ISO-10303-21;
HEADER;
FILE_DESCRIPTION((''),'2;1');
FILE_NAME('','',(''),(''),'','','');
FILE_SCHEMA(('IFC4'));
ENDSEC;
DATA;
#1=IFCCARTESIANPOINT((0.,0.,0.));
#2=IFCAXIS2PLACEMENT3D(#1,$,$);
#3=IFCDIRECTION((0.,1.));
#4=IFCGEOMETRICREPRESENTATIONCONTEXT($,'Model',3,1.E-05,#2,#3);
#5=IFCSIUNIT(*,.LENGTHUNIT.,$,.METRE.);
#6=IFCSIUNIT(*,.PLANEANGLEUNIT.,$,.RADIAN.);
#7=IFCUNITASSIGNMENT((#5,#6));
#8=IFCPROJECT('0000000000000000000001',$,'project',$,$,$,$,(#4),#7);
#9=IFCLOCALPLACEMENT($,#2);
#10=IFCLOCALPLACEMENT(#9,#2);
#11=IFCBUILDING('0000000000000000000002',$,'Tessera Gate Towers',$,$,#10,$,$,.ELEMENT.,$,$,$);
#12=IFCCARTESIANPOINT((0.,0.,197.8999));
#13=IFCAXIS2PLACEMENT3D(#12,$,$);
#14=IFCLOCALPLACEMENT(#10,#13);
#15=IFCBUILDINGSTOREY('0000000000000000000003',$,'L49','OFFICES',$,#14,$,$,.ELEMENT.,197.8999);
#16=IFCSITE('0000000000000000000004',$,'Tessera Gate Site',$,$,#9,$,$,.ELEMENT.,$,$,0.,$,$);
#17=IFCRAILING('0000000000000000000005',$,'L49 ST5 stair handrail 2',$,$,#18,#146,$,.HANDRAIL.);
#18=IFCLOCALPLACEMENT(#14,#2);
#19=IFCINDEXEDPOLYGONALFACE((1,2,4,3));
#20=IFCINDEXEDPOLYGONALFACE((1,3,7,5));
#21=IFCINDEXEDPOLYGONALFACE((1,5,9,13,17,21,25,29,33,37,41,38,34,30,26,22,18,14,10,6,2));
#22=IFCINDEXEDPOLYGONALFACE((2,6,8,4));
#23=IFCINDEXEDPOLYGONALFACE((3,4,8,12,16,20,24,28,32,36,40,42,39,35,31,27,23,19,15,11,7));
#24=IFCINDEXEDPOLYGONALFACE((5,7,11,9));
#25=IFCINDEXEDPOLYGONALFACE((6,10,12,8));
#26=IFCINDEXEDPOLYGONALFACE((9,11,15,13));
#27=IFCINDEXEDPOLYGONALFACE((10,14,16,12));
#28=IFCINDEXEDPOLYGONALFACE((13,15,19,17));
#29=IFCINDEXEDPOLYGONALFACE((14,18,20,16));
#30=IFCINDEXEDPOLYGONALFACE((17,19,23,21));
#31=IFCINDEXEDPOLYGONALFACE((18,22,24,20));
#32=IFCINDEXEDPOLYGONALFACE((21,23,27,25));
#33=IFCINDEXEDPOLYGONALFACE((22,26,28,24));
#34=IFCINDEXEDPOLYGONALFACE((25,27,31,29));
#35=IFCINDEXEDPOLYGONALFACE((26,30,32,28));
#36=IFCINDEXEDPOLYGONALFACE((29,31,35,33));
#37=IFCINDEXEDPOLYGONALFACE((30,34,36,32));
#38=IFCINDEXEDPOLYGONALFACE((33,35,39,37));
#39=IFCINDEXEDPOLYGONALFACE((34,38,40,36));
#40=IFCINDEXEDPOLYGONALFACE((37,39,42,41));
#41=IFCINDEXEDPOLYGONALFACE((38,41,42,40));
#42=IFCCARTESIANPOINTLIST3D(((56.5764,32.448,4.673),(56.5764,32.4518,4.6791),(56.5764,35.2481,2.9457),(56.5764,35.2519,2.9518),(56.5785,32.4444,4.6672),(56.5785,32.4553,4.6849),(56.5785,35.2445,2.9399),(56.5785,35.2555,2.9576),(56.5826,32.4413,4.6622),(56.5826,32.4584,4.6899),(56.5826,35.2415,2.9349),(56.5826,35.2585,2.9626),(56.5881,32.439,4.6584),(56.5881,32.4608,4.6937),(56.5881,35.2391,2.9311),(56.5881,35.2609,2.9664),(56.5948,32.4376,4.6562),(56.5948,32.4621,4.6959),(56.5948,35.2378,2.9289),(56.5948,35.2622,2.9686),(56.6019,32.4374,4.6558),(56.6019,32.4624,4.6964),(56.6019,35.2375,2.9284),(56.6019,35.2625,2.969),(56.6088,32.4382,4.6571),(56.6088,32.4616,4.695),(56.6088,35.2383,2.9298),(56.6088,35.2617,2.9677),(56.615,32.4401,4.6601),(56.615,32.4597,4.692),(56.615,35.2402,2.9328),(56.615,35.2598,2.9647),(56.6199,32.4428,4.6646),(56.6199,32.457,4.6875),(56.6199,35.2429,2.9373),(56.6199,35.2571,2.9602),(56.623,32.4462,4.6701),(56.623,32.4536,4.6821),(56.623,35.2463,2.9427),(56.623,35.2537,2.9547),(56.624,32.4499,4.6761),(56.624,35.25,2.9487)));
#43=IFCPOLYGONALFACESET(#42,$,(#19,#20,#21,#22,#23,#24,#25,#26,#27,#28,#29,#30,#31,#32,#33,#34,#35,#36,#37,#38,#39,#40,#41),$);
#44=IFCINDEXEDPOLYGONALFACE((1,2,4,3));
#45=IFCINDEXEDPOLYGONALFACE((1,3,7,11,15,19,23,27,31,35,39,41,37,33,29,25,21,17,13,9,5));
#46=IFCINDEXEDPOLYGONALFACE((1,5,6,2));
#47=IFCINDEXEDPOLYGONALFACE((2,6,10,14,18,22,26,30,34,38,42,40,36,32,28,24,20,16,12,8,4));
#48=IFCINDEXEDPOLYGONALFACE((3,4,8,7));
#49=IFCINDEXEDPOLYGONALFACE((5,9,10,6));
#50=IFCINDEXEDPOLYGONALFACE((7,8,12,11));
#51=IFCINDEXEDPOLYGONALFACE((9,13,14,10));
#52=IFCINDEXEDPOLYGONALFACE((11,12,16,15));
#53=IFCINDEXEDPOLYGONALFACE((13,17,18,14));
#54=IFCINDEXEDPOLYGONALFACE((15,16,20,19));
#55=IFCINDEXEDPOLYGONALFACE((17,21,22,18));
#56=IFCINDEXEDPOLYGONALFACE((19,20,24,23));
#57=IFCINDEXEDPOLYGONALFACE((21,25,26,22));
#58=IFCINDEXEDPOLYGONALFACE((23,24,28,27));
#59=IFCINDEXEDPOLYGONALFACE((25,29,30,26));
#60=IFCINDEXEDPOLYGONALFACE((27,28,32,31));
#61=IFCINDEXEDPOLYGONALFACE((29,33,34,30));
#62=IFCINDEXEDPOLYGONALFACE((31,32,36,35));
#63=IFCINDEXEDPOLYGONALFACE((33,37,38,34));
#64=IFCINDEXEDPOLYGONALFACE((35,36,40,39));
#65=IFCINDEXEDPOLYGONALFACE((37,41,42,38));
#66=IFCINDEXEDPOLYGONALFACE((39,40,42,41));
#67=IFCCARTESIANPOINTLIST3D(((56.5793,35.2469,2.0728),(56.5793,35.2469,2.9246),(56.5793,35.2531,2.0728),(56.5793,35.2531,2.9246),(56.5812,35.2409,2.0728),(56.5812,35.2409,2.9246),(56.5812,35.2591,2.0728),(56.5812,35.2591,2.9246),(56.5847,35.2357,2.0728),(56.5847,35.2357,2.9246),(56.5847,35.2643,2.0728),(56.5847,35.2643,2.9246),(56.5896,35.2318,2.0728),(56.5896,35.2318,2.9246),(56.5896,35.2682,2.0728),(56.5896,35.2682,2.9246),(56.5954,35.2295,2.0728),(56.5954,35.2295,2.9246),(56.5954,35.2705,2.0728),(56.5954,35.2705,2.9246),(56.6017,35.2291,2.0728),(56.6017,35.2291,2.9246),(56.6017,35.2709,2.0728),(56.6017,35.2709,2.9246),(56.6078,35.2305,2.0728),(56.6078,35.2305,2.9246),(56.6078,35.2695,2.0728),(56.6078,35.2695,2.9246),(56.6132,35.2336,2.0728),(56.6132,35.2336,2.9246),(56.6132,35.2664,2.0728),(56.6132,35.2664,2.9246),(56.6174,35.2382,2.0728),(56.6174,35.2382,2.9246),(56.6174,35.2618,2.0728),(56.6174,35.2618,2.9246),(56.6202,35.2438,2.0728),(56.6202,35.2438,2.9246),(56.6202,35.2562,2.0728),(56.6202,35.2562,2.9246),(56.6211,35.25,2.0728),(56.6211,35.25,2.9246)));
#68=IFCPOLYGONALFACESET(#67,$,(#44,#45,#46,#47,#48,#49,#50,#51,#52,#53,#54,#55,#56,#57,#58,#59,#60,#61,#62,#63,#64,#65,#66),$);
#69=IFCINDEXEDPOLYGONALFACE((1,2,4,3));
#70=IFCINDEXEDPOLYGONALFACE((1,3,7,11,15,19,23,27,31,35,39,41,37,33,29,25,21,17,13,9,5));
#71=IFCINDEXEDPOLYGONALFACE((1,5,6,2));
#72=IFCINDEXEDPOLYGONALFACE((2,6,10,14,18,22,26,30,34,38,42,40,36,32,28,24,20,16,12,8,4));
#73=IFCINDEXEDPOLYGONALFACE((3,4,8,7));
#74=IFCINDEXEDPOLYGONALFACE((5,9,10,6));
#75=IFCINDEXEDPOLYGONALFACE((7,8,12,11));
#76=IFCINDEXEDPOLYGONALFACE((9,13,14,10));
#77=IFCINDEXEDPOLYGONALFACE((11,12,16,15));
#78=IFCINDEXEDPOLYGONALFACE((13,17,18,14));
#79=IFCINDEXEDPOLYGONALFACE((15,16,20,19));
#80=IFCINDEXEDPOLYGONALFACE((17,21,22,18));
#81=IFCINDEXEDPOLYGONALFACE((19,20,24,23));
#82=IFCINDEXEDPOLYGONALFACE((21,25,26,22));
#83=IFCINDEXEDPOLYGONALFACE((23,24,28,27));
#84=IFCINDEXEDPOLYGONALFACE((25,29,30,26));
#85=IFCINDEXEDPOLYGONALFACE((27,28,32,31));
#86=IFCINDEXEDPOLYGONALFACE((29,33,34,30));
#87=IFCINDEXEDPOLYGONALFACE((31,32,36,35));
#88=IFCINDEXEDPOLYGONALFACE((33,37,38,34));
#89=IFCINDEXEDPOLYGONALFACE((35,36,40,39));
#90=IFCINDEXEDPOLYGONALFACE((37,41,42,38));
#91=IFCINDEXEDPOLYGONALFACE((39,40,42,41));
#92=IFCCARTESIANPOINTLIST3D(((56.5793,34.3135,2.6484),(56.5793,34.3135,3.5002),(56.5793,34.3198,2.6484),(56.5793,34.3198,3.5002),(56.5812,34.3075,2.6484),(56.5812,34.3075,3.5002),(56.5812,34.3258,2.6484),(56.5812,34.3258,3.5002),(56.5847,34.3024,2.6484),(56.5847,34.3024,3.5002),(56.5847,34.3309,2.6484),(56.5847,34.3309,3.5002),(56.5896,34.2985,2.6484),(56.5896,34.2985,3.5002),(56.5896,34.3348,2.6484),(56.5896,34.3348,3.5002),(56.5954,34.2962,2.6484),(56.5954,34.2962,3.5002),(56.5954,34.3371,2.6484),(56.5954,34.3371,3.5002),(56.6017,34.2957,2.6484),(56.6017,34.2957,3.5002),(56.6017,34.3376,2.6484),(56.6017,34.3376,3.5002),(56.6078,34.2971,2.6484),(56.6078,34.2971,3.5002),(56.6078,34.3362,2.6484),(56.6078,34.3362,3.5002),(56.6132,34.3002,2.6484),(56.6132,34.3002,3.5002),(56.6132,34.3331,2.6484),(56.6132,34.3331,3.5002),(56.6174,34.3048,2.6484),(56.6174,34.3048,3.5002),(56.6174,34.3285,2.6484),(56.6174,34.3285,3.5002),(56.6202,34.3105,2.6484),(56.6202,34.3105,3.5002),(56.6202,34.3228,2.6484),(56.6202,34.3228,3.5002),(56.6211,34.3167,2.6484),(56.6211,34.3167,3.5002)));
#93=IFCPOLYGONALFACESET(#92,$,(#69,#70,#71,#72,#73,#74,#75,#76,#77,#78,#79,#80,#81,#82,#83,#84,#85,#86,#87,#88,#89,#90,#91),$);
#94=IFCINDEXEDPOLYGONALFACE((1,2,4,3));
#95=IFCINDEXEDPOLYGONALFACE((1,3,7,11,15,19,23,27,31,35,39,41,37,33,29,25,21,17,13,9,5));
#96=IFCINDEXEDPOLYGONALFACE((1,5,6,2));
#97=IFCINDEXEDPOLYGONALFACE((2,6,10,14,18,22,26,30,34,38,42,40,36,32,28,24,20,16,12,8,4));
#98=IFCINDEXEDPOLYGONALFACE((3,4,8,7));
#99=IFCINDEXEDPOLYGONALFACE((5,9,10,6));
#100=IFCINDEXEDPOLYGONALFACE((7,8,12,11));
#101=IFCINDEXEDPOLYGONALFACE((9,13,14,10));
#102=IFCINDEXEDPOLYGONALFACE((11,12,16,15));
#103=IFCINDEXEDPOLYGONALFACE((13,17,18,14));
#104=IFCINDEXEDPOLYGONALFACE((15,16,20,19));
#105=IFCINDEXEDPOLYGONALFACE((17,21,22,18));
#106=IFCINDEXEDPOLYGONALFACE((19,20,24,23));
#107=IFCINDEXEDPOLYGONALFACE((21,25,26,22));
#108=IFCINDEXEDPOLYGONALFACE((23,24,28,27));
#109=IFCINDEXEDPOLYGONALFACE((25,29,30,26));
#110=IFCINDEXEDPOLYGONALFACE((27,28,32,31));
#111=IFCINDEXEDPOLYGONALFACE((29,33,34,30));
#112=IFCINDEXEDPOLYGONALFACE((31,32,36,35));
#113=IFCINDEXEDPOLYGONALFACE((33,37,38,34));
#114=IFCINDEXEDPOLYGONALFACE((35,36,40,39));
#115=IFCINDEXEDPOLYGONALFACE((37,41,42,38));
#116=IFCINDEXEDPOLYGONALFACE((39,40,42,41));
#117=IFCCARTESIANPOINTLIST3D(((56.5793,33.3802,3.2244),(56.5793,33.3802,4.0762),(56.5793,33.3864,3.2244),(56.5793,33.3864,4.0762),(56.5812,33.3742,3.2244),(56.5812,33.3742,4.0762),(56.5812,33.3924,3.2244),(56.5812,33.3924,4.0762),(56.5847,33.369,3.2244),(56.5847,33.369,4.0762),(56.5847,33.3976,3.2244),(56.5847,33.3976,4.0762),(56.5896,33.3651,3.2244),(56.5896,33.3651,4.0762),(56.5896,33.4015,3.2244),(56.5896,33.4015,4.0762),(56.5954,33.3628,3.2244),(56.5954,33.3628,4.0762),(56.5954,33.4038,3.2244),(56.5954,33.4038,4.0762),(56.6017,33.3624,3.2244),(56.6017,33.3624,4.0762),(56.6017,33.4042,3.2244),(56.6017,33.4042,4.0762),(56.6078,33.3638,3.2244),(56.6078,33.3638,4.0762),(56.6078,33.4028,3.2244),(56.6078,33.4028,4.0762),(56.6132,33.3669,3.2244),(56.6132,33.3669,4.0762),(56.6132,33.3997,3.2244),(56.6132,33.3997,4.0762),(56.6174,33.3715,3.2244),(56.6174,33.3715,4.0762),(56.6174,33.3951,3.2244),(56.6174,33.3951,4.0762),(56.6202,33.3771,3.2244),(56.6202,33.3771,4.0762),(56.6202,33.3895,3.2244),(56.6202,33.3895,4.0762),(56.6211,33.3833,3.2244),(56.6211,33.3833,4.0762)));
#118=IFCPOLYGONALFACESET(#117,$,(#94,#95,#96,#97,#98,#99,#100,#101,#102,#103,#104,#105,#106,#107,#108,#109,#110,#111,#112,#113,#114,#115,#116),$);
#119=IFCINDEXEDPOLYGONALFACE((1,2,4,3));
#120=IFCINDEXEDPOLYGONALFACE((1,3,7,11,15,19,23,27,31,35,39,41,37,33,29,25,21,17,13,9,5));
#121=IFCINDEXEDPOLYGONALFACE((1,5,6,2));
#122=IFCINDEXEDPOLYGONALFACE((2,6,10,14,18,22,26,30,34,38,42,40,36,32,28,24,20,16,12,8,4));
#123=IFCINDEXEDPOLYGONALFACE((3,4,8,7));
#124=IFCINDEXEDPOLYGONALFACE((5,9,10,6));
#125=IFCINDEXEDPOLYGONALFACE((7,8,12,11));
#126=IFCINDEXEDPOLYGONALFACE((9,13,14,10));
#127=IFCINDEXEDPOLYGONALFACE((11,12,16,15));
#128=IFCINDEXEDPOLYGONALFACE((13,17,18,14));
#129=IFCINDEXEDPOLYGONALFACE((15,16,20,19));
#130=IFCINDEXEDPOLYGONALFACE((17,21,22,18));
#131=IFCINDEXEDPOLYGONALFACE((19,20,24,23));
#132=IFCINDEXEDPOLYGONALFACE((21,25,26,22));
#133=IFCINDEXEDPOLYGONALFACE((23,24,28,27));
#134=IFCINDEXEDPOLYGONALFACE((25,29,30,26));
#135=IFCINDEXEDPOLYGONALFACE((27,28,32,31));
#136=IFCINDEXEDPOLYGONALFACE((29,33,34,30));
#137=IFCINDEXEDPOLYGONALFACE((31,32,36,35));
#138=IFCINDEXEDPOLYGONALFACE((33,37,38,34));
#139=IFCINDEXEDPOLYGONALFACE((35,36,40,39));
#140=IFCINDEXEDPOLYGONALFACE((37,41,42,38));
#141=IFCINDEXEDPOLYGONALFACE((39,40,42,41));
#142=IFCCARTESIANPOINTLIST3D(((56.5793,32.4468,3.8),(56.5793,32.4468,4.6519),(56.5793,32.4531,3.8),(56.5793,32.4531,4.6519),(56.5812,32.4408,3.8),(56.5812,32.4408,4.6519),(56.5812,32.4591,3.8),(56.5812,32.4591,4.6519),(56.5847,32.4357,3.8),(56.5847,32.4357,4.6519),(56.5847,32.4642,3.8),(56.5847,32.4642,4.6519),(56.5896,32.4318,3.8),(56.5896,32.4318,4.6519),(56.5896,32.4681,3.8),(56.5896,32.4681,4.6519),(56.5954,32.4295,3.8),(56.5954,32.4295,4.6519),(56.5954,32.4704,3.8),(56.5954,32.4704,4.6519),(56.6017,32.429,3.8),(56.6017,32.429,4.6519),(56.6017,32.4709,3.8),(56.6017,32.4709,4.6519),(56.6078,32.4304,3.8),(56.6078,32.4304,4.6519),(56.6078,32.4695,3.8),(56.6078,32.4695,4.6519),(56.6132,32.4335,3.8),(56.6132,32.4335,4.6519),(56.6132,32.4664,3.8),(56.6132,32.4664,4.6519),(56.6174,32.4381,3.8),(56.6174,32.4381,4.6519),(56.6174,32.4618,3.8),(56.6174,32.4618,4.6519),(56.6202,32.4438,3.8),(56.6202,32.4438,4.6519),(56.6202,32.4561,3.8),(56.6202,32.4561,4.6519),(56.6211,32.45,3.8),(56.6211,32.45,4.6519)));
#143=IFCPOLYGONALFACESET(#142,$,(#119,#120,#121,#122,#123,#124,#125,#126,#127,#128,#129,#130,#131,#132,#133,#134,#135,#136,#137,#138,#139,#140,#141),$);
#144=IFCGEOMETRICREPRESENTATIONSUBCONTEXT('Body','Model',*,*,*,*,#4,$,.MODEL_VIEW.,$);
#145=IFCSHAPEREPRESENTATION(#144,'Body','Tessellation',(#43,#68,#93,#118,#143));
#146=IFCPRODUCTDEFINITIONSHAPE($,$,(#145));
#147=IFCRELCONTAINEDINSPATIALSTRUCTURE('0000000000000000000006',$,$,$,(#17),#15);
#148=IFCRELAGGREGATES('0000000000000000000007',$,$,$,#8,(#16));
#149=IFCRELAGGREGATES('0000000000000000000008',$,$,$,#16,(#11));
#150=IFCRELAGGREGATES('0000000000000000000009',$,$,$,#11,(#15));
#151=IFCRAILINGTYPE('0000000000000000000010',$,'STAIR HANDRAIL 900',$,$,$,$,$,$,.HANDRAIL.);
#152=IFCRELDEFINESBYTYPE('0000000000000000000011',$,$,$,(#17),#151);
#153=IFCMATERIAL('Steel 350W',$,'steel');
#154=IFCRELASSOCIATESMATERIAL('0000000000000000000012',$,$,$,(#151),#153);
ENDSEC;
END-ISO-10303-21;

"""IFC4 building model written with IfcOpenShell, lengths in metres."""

from ifc_helpers import new_model, si_unit, direction, frame, origin, origin_2d, place, context, subcontext, project, spatial, circle, extrude, material, type_object, element, save


model = new_model("IFC4")

# Units and contexts
model_context = context("Model", 3, precision=1e-05, world=origin(), true_north=direction((0.0, 1.0)))
body_context = subcontext(model_context, "Body", "Model", "MODEL_VIEW")
ifc_project = project(units=[si_unit("LENGTHUNIT", "METRE"), si_unit("PLANEANGLEUNIT", "RADIAN")], contexts=[model_context])

# Site, building, storey
site_placement = place(None, origin())
site = spatial("IfcSite", under=ifc_project, at=site_placement, Name="Tessera Gate Site", CompositionType="ELEMENT", RefElevation=0.0)
building_placement = place(site_placement, origin())
building = spatial("IfcBuilding", under=site, at=building_placement, Name="Tessera Gate Towers", CompositionType="ELEMENT")
storey_placement = place(building_placement, frame((0.0, 0.0, 197.8999)))
storey = spatial("IfcBuildingStorey", under=building, at=storey_placement, Name="L49", Description="OFFICES", CompositionType="ELEMENT", Elevation=197.8999)

# Railing
ifc_material_1 = material(Name="Steel 350W", Category="steel")
railing_type_1 = type_object("IfcRailingType", Name="STAIR HANDRAIL 900", PredefinedType="HANDRAIL", material=ifc_material_1)
railing_1_placement = place(storey_placement, frame((56.6001, 35.25, 2.0728)))
element("IfcRailing", 1, at=railing_1_placement, inside=storey, type_object=railing_type_1, Name="L49 ST5 stair handrail 2", PredefinedType="HANDRAIL", context=body_context, shape_type="SweptSolid", body=[
    extrude(circle(Radius=0.0239, at=origin_2d()), frame((0.0, 0.0, 0.876), z_axis=(0.0, -0.85109, 0.52502), x_axis=(1.0, 0.0, 0.0)), (0.0, 0.0, 1.0), 3.29),
    extrude(circle(Radius=0.021, at=origin_2d()), origin(), (0.0, 0.0, 1.0), 0.8518),
    extrude(circle(Radius=0.021, at=origin_2d()), frame((0.0, -0.9333, 0.5757)), (0.0, 0.0, 1.0), 0.8518),
    extrude(circle(Radius=0.021, at=origin_2d()), frame((0.0, -1.8667, 1.1516)), (0.0, 0.0, 1.0), 0.8518),
    extrude(circle(Radius=0.021, at=origin_2d()), frame((0.0, -2.8, 1.7273)), (0.0, 0.0, 1.0), 0.8518),
])

save(model, "model.ifc")
